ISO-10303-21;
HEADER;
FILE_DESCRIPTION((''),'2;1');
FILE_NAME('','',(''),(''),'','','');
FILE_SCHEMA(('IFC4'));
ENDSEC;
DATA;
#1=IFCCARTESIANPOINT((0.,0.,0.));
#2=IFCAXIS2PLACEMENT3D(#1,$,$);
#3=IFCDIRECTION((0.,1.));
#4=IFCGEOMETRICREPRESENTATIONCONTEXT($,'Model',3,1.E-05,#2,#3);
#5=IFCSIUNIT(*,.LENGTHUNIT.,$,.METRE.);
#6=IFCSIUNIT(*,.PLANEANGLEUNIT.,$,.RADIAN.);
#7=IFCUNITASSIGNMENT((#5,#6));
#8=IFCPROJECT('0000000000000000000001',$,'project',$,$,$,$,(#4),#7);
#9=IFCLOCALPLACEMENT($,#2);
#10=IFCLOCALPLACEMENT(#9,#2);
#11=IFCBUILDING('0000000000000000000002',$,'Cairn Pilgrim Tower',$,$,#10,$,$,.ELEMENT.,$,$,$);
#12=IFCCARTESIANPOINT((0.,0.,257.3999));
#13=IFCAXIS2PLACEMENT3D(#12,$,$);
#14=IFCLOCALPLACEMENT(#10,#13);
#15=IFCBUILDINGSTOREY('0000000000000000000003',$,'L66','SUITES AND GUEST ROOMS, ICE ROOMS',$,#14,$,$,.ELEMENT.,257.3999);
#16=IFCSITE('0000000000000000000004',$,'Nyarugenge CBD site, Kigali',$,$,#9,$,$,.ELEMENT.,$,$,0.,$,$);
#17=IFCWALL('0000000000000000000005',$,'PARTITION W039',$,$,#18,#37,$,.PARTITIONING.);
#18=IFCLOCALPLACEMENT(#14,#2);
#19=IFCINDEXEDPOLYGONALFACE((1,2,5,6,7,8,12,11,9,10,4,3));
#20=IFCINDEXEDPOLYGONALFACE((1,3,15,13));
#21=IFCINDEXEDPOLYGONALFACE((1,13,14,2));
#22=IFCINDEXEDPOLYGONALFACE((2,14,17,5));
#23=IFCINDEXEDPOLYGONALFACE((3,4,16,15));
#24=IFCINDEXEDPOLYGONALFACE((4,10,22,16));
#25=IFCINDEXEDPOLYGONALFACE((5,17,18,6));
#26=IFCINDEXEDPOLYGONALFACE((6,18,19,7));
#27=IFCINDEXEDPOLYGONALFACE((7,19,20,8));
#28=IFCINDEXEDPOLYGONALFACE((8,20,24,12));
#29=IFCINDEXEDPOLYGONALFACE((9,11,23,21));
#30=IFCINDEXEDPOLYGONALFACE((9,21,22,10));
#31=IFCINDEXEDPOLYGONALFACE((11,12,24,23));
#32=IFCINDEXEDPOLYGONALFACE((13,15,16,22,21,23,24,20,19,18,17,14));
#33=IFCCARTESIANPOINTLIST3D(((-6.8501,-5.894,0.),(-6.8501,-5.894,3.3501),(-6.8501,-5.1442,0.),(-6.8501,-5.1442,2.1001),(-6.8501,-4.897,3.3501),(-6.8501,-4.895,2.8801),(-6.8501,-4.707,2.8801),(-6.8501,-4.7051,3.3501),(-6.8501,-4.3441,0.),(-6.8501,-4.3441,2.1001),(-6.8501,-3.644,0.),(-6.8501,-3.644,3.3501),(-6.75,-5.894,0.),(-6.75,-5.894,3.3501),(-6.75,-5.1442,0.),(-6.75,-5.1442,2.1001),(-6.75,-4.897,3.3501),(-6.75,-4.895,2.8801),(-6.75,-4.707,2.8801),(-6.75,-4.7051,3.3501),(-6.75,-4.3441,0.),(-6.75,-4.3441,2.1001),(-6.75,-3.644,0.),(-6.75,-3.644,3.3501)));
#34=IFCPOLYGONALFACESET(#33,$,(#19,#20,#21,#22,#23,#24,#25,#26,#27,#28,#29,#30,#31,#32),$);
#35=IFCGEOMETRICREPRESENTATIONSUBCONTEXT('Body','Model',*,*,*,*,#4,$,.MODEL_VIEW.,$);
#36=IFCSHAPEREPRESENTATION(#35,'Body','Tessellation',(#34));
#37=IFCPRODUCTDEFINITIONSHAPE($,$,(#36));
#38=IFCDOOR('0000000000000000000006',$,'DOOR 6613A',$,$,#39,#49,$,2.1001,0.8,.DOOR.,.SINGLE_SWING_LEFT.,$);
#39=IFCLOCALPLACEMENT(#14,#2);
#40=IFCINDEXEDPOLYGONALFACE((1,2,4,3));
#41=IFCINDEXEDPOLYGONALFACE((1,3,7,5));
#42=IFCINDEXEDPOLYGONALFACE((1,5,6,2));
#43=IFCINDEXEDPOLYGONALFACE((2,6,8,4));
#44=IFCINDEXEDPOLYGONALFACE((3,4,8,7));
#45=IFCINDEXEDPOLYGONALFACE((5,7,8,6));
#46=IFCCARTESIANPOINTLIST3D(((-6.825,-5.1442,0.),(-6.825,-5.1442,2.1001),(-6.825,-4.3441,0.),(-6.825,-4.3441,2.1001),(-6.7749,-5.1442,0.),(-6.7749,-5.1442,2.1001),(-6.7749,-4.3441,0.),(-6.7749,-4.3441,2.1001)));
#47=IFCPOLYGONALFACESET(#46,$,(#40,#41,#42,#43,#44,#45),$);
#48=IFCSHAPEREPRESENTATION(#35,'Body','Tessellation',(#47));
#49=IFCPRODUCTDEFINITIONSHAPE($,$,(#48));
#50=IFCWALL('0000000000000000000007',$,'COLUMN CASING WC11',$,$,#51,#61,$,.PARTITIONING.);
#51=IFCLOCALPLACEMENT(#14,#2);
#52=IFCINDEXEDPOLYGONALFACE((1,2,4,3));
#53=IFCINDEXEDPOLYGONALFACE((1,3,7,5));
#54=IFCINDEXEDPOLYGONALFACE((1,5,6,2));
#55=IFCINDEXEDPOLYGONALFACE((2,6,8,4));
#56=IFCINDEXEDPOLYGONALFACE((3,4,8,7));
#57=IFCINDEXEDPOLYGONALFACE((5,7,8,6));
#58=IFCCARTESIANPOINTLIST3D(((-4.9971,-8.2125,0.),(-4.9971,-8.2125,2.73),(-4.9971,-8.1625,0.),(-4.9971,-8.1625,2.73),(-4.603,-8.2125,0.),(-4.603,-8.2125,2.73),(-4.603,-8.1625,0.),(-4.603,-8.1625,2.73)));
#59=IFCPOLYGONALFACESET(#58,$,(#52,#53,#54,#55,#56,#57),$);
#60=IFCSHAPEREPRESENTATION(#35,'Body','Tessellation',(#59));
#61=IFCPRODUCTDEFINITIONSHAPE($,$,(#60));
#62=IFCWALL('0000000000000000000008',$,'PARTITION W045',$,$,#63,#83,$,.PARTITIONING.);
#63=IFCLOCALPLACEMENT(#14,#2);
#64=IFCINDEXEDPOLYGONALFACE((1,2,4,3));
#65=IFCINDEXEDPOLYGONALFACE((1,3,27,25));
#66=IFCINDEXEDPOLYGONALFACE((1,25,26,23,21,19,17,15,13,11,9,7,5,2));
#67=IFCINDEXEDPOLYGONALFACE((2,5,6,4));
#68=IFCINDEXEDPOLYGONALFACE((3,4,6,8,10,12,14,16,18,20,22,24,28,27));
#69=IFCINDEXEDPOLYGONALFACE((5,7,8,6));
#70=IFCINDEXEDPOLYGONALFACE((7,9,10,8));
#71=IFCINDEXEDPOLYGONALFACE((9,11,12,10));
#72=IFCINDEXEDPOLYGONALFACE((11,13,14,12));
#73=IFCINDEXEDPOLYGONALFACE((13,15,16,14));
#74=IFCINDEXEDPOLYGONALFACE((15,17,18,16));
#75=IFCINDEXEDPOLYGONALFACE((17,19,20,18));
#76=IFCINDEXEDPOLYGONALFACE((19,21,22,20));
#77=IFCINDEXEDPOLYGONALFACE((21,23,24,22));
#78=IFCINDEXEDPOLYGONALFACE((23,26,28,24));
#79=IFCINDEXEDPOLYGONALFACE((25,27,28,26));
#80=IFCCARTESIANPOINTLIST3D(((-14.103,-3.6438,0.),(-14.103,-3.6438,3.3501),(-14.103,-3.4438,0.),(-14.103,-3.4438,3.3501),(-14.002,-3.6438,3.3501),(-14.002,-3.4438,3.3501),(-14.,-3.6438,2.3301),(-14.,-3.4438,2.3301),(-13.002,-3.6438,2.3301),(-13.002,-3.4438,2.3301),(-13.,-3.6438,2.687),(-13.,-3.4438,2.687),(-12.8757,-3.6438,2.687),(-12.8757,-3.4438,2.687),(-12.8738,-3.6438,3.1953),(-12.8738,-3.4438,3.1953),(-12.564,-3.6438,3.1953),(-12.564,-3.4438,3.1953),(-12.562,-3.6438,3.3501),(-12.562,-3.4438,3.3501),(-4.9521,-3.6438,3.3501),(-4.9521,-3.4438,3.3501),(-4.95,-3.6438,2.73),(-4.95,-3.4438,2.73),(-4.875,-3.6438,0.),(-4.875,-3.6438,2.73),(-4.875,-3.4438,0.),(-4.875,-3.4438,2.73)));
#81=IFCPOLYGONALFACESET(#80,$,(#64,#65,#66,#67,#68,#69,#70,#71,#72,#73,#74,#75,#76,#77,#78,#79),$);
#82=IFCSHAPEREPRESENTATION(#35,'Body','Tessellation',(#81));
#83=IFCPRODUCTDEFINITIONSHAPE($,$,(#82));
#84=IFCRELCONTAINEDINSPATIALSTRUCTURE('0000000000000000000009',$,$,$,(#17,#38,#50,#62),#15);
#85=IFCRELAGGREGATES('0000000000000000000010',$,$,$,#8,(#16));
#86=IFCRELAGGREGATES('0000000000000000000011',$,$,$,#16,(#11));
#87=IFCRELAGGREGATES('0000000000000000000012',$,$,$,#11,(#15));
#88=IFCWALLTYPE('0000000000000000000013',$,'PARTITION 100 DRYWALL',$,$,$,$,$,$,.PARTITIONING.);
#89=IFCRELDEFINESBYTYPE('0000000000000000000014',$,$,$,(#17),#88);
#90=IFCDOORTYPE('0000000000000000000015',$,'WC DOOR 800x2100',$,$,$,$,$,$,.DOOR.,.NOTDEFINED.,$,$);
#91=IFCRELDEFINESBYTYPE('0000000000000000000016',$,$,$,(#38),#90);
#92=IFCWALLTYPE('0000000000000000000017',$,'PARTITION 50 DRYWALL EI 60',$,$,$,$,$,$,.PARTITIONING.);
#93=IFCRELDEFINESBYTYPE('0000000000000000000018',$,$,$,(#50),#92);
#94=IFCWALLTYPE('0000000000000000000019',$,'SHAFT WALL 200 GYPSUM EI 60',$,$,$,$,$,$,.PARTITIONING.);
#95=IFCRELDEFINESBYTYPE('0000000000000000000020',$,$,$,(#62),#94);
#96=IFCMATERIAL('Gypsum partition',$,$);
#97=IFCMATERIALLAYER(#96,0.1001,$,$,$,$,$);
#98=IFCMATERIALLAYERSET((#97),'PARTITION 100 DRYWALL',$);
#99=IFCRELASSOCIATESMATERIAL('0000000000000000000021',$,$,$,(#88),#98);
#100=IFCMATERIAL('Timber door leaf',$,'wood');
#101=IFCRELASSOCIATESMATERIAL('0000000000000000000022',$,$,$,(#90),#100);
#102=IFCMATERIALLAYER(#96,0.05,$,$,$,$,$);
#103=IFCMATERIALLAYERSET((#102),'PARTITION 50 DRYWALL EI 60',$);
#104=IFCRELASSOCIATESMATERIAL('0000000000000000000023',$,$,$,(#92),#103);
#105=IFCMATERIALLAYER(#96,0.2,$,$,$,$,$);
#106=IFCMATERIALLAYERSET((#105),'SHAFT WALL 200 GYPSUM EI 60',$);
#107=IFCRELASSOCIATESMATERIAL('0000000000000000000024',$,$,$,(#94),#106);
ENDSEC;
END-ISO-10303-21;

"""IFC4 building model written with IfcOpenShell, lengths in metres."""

from ifc_helpers import new_model, si_unit, direction, frame, frame_2d, origin, place, context, subcontext, project, spatial, polyline, rectangle, outline, extrude, material, layer, layer_set, type_object, element, fill, save


model = new_model("IFC4")

# Units and contexts
model_context = context("Model", 3, precision=1e-05, world=origin(), true_north=direction((0.0, 1.0)))
body_context = subcontext(model_context, "Body", "Model", "MODEL_VIEW")
ifc_project = project(units=[si_unit("LENGTHUNIT", "METRE"), si_unit("PLANEANGLEUNIT", "RADIAN")], contexts=[model_context])

# Site, building, storey
site_placement = place(None, origin())
site = spatial("IfcSite", under=ifc_project, at=site_placement, Name="Nyarugenge CBD site, Kigali", CompositionType="ELEMENT", RefElevation=0.0)
building_placement = place(site_placement, origin())
building = spatial("IfcBuilding", under=site, at=building_placement, Name="Cairn Pilgrim Tower", CompositionType="ELEMENT")
storey_placement = place(building_placement, frame((0.0, 0.0, 257.3999)))
storey = spatial("IfcBuildingStorey", under=building, at=storey_placement, Name="L66", Description="SUITES AND GUEST ROOMS, ICE ROOMS", CompositionType="ELEMENT", Elevation=257.3999)

# Shared definitions
ifc_material_1 = material(Name="Gypsum partition")
ifc_layer_1 = layer(ifc_material_1, 0.1001)
ifc_layer_set_1 = layer_set([ifc_layer_1], Name="PARTITION 100 DRYWALL")
wall_type_1 = type_object("IfcWallType", Name="PARTITION 100 DRYWALL", PredefinedType="PARTITIONING", material=ifc_layer_set_1)

# Wall, opening, door
wall_1_placement = place(storey_placement, frame((-6.8, -5.894, 0.0), z_axis=(0.0, 0.0, 1.0), x_axis=(0.0, 1.0, 0.0)))
wall_1 = element("IfcWall", 1, at=wall_1_placement, inside=storey, type_object=wall_type_1, Name="PARTITION W039", PredefinedType="PARTITIONING", context=body_context, shape_type="SweptSolid", body=[
    extrude(outline(polyline([(0.0, 0.0), (2.25, 0.0), (2.25, 3.3501), (1.189, 3.3501), (1.187, 2.8801), (0.999, 2.8801), (0.9971, 3.3501), (0.0, 3.3501), (0.0, 0.0)])), frame((0.0, 0.05, 0.0), z_axis=(0.0, -1.0, 0.0), x_axis=(1.0, 0.0, 0.0)), (0.0, 0.0, 1.0), 0.1001),
])
opening_1_placement = place(wall_1_placement, frame((0.75, 0.0, 0.0)))
opening_1 = element("IfcOpeningElement", 2, at=opening_1_placement, cuts=wall_1, PredefinedType="OPENING", context=body_context, shape_type="SweptSolid", body=[
    extrude(rectangle(XDim=0.8, YDim=2.1001, at=frame_2d((0.3999, 1.05))), frame((0.0, 0.0601, 0.0), z_axis=(0.0, -1.0, 0.0), x_axis=(1.0, 0.0, 0.0)), (0.0, 0.0, 1.0), 0.1201),
])
ifc_material_2 = material(Name="Timber door leaf", Category="wood")
door_type_1 = type_object("IfcDoorType", Name="WC DOOR 800x2100", OperationType="NOTDEFINED", PredefinedType="DOOR", material=ifc_material_2)
door_1_placement = place(opening_1_placement, origin())
door_1 = element("IfcDoor", 3, at=door_1_placement, inside=storey, type_object=door_type_1, Name="DOOR 6613A", OperationType="SINGLE_SWING_LEFT", OverallHeight=2.1001, OverallWidth=0.8, PredefinedType="DOOR", context=body_context, shape_type="SweptSolid", body=[
    extrude(rectangle(XDim=0.8, YDim=2.1001, at=frame_2d((0.3999, 1.05))), frame((0.0, 0.0249, 0.0), z_axis=(0.0, -1.0, 0.0), x_axis=(1.0, 0.0, 0.0)), (0.0, 0.0, 1.0), 0.05),
])
fill(opening_1, door_1)

# Walls
ifc_layer_2 = layer(ifc_material_1, 0.05)
ifc_layer_set_2 = layer_set([ifc_layer_2], Name="PARTITION 50 DRYWALL EI 60")
wall_type_2 = type_object("IfcWallType", Name="PARTITION 50 DRYWALL EI 60", PredefinedType="PARTITIONING", material=ifc_layer_set_2)
wall_2_placement = place(storey_placement, frame((-4.9971, -8.1875, 0.0), z_axis=(0.0, 0.0, 1.0), x_axis=(1.0, 0.0, 0.0)))
element("IfcWall", 4, at=wall_2_placement, inside=storey, type_object=wall_type_2, Name="COLUMN CASING WC11", PredefinedType="PARTITIONING", context=body_context, shape_type="SweptSolid", body=[
    extrude(rectangle(XDim=0.394, YDim=0.05, at=frame_2d((0.197, 0.0))), origin(), (0.0, 0.0, 1.0), 2.73),
])
ifc_layer_3 = layer(ifc_material_1, 0.2)
ifc_layer_set_3 = layer_set([ifc_layer_3], Name="SHAFT WALL 200 GYPSUM EI 60")
wall_type_3 = type_object("IfcWallType", Name="SHAFT WALL 200 GYPSUM EI 60", PredefinedType="PARTITIONING", material=ifc_layer_set_3)
wall_3_placement = place(storey_placement, frame((-14.103, -3.5439, 0.0), z_axis=(0.0, 0.0, 1.0), x_axis=(1.0, 0.0, 0.0)))
element("IfcWall", 5, at=wall_3_placement, inside=storey, type_object=wall_type_3, Name="PARTITION W045", PredefinedType="PARTITIONING", context=body_context, shape_type="SweptSolid", body=[
    extrude(outline(polyline([(0.0, 0.0), (9.228, 0.0), (9.228, 2.73), (9.1531, 2.73), (9.1509, 3.3501), (1.541, 3.3501), (1.5391, 3.1953), (1.2292, 3.1953), (1.2273, 2.687), (1.103, 2.687), (1.1011, 2.3301), (0.103, 2.3301), (0.1011, 3.3501), (0.0, 3.3501), (0.0, 0.0)])), frame((0.0, 0.1001, 0.0), z_axis=(0.0, -1.0, 0.0), x_axis=(1.0, 0.0, 0.0)), (0.0, 0.0, 1.0), 0.2),
])

save(model, "model.ifc")
